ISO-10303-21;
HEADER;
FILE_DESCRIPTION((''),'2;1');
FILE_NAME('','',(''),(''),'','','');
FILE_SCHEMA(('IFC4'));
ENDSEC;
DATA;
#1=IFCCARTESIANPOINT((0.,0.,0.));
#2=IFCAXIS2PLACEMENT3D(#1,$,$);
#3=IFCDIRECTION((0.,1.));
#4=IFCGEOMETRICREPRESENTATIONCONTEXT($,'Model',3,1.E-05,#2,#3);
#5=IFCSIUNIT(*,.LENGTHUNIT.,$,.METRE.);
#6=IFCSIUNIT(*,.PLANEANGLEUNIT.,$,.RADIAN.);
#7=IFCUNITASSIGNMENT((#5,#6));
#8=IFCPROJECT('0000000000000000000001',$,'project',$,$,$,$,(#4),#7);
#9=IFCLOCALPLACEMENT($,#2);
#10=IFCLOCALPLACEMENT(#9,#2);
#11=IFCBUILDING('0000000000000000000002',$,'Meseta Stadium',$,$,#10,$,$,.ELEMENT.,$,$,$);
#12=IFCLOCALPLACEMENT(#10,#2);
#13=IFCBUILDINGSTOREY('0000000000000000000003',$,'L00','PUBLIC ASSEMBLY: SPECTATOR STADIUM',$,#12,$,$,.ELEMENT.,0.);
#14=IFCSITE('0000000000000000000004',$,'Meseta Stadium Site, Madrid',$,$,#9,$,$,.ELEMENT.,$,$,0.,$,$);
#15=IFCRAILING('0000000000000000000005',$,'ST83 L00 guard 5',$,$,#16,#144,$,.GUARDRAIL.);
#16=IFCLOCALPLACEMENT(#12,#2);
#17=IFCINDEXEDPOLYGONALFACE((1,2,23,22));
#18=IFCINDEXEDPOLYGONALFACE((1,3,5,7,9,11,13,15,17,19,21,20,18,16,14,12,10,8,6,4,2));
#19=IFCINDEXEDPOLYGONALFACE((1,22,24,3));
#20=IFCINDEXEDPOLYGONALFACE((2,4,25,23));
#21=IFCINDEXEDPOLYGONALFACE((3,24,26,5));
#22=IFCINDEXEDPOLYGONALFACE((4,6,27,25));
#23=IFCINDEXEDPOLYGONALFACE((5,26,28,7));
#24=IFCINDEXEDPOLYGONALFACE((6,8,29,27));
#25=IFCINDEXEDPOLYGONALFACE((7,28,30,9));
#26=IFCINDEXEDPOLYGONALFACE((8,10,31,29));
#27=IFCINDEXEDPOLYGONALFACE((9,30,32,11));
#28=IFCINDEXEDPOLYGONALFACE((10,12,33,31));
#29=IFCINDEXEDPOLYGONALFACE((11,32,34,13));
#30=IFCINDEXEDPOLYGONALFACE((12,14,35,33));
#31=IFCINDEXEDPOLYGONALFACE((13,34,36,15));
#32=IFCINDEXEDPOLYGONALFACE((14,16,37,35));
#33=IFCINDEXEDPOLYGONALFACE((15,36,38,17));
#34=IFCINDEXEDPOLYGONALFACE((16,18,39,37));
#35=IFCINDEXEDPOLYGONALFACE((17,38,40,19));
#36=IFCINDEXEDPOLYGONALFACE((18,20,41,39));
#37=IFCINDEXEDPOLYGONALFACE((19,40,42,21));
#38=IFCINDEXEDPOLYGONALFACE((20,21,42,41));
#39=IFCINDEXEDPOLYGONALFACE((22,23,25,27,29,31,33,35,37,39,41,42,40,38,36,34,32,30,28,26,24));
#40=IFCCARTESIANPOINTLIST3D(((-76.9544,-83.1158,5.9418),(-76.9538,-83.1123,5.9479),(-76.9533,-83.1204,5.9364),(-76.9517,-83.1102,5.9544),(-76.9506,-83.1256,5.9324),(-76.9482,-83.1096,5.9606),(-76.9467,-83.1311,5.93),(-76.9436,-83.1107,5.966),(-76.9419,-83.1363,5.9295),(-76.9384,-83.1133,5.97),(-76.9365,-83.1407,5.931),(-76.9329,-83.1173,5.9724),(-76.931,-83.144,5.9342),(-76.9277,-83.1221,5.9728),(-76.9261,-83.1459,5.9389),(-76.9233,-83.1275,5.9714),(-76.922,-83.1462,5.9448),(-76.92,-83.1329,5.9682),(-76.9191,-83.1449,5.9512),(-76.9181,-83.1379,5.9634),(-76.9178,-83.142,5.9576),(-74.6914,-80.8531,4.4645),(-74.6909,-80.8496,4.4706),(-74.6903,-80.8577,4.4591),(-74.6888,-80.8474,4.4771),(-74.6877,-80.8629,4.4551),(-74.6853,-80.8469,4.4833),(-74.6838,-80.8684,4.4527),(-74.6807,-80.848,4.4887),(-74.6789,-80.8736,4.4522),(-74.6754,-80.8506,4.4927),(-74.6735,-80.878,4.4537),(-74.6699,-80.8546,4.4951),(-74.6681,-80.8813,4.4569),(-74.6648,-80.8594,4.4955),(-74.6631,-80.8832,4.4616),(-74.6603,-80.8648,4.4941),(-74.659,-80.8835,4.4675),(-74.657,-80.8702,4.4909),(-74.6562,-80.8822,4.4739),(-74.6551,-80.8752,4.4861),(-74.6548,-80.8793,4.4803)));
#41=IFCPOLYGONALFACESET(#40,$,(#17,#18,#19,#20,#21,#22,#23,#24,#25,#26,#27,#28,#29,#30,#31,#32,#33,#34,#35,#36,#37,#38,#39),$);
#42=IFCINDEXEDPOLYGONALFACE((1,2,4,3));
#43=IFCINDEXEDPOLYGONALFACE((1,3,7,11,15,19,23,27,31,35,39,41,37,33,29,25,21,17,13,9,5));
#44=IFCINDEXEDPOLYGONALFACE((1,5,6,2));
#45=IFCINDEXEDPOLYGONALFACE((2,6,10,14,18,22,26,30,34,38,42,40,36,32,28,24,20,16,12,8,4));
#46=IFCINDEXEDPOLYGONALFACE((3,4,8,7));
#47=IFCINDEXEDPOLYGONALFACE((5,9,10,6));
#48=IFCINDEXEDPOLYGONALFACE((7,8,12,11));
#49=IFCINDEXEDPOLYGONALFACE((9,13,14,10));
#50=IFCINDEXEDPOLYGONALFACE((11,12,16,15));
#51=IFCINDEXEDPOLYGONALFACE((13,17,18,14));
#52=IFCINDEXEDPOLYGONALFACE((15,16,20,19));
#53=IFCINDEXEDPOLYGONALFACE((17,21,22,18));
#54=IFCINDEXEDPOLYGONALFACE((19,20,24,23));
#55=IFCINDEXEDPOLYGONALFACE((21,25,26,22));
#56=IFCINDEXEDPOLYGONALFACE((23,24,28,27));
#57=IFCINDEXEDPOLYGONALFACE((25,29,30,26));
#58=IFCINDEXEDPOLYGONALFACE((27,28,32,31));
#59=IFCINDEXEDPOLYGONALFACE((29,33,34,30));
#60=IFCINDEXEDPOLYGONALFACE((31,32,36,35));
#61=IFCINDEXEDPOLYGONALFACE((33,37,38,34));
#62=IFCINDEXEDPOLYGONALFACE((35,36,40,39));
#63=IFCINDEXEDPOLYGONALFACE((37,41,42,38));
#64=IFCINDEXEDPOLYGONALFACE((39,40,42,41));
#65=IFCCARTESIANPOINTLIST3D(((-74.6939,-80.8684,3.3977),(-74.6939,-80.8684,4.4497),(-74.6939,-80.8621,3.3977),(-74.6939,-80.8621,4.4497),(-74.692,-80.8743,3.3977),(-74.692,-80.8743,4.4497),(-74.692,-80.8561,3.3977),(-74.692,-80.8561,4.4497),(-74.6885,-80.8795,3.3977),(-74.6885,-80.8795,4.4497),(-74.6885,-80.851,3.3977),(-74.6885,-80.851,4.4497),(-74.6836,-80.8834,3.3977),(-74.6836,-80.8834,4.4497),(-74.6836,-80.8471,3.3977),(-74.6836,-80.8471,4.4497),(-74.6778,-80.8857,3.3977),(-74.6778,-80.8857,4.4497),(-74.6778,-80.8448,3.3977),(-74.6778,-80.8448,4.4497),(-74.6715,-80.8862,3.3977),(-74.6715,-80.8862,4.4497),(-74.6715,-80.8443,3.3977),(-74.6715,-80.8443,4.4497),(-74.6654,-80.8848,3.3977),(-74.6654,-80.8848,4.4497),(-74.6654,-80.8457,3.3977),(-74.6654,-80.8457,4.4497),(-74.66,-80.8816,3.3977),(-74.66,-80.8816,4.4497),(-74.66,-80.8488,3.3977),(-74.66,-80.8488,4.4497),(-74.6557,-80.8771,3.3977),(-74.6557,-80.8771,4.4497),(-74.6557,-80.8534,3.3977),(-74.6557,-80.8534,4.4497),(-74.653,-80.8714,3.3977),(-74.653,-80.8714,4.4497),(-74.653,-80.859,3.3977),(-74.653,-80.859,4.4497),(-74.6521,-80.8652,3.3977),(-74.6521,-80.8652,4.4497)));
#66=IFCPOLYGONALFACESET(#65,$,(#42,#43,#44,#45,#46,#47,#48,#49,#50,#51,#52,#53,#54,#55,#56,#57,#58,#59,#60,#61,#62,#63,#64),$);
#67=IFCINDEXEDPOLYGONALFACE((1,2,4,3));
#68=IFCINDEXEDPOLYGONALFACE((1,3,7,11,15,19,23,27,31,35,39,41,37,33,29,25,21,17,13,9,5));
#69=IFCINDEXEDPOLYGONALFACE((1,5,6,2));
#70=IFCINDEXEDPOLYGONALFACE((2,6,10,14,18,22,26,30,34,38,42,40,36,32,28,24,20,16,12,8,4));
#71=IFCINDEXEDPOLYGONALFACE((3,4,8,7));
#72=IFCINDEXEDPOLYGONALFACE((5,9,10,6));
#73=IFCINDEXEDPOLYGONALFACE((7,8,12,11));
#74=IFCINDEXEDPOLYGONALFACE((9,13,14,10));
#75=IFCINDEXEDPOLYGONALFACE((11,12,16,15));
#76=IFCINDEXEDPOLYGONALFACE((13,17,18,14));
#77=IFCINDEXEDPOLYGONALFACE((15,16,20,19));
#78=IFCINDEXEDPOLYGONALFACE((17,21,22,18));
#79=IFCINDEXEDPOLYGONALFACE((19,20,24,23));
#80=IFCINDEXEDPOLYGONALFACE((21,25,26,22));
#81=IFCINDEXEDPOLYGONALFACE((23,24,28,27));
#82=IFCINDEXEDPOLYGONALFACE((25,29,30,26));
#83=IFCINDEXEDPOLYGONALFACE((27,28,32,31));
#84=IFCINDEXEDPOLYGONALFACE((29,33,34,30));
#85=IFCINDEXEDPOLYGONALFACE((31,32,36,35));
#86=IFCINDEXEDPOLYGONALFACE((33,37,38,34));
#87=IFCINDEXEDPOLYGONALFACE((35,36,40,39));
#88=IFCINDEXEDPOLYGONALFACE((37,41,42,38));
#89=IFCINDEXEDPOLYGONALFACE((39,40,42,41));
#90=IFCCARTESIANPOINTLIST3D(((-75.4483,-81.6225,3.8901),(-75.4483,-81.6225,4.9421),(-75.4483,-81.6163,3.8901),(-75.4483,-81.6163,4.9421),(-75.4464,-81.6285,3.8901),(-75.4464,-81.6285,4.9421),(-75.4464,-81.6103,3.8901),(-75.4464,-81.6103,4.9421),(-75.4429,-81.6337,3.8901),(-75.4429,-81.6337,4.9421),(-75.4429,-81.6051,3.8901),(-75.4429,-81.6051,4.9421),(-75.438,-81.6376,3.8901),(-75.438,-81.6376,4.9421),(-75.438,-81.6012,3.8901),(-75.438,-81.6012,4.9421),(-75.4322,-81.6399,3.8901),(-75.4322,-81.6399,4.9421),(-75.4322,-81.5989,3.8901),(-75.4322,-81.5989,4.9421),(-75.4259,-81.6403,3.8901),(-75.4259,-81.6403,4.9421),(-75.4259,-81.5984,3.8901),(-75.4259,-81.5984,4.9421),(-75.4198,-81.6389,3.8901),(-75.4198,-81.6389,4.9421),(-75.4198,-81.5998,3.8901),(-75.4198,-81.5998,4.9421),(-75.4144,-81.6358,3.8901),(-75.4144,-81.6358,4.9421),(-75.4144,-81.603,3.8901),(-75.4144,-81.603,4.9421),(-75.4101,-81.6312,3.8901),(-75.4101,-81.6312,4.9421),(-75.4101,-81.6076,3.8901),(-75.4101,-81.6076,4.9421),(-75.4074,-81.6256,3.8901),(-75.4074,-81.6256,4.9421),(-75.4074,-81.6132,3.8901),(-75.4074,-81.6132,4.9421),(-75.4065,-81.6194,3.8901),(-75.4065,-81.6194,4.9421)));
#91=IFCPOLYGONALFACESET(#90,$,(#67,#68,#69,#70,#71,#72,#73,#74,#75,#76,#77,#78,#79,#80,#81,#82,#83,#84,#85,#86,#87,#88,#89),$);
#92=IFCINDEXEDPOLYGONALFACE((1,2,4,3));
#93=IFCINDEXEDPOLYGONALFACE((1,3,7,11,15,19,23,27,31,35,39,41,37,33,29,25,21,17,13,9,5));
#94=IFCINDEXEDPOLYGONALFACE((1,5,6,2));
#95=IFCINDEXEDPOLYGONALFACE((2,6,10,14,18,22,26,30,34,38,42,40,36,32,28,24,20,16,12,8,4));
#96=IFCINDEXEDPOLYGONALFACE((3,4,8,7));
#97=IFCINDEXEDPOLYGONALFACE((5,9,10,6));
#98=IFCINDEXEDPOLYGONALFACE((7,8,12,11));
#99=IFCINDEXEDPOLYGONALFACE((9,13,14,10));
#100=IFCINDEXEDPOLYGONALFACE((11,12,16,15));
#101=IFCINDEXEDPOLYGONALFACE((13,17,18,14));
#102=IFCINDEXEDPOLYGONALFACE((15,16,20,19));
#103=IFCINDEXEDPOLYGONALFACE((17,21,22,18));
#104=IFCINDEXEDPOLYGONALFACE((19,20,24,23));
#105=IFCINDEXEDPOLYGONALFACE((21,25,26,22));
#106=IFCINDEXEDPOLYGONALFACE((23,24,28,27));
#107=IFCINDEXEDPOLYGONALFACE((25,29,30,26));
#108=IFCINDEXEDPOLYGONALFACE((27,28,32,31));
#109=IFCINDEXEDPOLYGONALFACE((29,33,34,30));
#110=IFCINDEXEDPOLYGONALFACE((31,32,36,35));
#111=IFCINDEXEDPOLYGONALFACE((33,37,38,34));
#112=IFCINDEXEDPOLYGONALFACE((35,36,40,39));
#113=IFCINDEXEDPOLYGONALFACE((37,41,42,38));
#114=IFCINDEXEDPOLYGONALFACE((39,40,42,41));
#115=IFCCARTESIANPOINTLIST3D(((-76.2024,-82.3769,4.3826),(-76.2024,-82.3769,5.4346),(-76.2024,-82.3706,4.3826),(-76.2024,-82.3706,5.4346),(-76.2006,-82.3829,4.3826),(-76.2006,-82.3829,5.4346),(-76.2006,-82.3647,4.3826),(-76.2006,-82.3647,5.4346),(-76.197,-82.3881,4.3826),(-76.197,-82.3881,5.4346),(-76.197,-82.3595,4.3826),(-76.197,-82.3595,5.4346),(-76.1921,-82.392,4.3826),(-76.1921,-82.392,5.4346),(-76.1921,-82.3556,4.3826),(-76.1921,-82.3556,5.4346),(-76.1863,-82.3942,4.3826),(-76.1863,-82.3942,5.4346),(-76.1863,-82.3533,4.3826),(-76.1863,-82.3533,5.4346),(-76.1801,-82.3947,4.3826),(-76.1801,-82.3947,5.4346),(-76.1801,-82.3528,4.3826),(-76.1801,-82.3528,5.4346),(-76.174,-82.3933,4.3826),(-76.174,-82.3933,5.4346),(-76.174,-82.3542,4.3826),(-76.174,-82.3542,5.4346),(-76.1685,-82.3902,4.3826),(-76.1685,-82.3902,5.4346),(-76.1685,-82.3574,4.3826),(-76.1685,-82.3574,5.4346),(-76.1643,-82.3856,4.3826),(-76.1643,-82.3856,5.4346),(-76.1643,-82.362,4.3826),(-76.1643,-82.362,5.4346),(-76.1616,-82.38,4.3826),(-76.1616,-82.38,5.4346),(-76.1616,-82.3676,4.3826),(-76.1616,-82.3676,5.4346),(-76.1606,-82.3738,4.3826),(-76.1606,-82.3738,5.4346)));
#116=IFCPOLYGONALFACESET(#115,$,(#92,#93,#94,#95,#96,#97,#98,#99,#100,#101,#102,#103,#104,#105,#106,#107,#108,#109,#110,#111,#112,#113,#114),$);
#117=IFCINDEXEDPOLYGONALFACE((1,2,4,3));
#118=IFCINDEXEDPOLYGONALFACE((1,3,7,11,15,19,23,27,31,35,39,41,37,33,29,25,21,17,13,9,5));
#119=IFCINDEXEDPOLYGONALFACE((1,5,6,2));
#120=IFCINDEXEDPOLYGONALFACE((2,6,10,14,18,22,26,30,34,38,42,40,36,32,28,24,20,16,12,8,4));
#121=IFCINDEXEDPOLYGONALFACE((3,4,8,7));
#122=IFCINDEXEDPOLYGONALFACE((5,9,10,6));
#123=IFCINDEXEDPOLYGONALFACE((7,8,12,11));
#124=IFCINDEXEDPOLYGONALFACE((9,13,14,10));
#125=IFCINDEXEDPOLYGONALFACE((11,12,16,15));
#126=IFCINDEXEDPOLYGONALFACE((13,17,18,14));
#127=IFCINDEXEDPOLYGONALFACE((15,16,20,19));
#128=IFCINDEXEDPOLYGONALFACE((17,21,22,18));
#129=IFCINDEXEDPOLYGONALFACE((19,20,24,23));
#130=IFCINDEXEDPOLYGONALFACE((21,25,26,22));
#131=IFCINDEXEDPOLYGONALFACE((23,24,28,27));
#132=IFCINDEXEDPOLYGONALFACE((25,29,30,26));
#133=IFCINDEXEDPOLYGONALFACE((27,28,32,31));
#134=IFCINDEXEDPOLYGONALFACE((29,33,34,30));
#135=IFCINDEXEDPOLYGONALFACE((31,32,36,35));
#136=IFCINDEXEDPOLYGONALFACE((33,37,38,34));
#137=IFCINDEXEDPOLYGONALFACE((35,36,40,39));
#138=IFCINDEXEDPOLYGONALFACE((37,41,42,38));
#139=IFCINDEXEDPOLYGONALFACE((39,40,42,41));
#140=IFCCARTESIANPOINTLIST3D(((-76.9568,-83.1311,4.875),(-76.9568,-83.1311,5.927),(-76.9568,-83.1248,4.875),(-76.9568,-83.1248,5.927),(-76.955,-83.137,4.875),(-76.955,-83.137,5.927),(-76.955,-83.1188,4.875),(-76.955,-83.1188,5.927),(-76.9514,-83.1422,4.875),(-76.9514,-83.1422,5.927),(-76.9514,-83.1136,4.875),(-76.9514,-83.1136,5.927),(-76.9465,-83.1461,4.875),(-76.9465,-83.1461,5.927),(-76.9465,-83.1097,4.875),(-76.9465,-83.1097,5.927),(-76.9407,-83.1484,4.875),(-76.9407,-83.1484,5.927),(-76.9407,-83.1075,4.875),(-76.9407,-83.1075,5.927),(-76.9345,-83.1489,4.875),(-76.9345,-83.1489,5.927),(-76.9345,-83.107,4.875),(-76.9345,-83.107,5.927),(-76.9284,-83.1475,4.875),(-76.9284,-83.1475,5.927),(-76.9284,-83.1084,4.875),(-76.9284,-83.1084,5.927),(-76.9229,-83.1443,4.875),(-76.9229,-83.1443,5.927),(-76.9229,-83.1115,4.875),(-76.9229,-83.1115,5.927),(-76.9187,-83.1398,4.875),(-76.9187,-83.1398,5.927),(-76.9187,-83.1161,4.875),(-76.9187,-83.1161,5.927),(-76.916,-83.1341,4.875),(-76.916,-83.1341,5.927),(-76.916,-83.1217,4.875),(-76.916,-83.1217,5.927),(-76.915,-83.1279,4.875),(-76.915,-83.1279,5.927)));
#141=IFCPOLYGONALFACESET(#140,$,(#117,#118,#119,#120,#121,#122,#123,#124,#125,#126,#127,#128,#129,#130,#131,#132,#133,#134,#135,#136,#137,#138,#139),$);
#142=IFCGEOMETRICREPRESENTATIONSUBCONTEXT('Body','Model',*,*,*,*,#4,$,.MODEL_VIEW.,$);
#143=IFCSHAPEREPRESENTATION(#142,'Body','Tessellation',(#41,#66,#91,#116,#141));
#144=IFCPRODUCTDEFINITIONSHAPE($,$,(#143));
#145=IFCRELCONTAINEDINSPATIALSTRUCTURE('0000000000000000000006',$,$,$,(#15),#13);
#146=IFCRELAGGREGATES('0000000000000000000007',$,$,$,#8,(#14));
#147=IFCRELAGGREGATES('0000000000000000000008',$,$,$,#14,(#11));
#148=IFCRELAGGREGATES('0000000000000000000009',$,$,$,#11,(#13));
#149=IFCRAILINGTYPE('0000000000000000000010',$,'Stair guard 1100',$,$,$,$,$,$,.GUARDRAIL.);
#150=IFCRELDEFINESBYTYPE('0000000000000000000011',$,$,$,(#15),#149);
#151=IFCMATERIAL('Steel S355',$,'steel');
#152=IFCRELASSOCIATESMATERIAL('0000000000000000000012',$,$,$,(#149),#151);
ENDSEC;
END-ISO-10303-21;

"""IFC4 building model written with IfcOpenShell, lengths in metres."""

from ifc_helpers import new_model, si_unit, direction, frame, origin, origin_2d, place, context, subcontext, project, spatial, circle, extrude, material, type_object, element, save


model = new_model("IFC4")

# Units and contexts
model_context = context("Model", 3, precision=1e-05, world=origin(), true_north=direction((0.0, 1.0)))
body_context = subcontext(model_context, "Body", "Model", "MODEL_VIEW")
ifc_project = project(units=[si_unit("LENGTHUNIT", "METRE"), si_unit("PLANEANGLEUNIT", "RADIAN")], contexts=[model_context])

# Site, building, storey
site_placement = place(None, origin())
site = spatial("IfcSite", under=ifc_project, at=site_placement, Name="Meseta Stadium Site, Madrid", CompositionType="ELEMENT", RefElevation=0.0)
building_placement = place(site_placement, origin())
building = spatial("IfcBuilding", under=site, at=building_placement, Name="Meseta Stadium", CompositionType="ELEMENT")
storey_placement = place(building_placement, origin())
storey = spatial("IfcBuildingStorey", under=building, at=storey_placement, Name="L00", Description="PUBLIC ASSEMBLY: SPECTATOR STADIUM", CompositionType="ELEMENT", Elevation=0.0)

# Railing
ifc_material_1 = material(Name="Steel S355", Category="steel")
railing_type_1 = type_object("IfcRailingType", Name="Stair guard 1100", PredefinedType="GUARDRAIL", material=ifc_material_1)
railing_1_placement = place(storey_placement, frame((-74.6731, -80.8652, 3.3977)))
element("IfcRailing", 1, at=railing_1_placement, inside=storey, type_object=railing_type_1, Name="ST83 L00 guard 5", PredefinedType="GUARDRAIL", context=body_context, shape_type="SweptSolid", body=[
    extrude(circle(Radius=0.0239, at=origin_2d()), frame((0.0, 0.0, 1.0762), z_axis=(-0.642034, -0.641965, 0.419134), x_axis=(0.707069, -0.707145, 0.0)), (0.0, 0.0, 1.0), 3.5247),
    extrude(circle(Radius=0.021, at=origin_2d()), origin(), (0.0, 0.0, 1.0), 1.052),
    extrude(circle(Radius=0.021, at=origin_2d()), frame((-0.7544, -0.7542, 0.4924)), (0.0, 0.0, 1.0), 1.052),
    extrude(circle(Radius=0.021, at=origin_2d()), frame((-1.5085, -1.5085, 0.9849)), (0.0, 0.0, 1.0), 1.052),
    extrude(circle(Radius=0.021, at=origin_2d()), frame((-2.2629, -2.2627, 1.4773)), (0.0, 0.0, 1.0), 1.052),
])

save(model, "model.ifc")
